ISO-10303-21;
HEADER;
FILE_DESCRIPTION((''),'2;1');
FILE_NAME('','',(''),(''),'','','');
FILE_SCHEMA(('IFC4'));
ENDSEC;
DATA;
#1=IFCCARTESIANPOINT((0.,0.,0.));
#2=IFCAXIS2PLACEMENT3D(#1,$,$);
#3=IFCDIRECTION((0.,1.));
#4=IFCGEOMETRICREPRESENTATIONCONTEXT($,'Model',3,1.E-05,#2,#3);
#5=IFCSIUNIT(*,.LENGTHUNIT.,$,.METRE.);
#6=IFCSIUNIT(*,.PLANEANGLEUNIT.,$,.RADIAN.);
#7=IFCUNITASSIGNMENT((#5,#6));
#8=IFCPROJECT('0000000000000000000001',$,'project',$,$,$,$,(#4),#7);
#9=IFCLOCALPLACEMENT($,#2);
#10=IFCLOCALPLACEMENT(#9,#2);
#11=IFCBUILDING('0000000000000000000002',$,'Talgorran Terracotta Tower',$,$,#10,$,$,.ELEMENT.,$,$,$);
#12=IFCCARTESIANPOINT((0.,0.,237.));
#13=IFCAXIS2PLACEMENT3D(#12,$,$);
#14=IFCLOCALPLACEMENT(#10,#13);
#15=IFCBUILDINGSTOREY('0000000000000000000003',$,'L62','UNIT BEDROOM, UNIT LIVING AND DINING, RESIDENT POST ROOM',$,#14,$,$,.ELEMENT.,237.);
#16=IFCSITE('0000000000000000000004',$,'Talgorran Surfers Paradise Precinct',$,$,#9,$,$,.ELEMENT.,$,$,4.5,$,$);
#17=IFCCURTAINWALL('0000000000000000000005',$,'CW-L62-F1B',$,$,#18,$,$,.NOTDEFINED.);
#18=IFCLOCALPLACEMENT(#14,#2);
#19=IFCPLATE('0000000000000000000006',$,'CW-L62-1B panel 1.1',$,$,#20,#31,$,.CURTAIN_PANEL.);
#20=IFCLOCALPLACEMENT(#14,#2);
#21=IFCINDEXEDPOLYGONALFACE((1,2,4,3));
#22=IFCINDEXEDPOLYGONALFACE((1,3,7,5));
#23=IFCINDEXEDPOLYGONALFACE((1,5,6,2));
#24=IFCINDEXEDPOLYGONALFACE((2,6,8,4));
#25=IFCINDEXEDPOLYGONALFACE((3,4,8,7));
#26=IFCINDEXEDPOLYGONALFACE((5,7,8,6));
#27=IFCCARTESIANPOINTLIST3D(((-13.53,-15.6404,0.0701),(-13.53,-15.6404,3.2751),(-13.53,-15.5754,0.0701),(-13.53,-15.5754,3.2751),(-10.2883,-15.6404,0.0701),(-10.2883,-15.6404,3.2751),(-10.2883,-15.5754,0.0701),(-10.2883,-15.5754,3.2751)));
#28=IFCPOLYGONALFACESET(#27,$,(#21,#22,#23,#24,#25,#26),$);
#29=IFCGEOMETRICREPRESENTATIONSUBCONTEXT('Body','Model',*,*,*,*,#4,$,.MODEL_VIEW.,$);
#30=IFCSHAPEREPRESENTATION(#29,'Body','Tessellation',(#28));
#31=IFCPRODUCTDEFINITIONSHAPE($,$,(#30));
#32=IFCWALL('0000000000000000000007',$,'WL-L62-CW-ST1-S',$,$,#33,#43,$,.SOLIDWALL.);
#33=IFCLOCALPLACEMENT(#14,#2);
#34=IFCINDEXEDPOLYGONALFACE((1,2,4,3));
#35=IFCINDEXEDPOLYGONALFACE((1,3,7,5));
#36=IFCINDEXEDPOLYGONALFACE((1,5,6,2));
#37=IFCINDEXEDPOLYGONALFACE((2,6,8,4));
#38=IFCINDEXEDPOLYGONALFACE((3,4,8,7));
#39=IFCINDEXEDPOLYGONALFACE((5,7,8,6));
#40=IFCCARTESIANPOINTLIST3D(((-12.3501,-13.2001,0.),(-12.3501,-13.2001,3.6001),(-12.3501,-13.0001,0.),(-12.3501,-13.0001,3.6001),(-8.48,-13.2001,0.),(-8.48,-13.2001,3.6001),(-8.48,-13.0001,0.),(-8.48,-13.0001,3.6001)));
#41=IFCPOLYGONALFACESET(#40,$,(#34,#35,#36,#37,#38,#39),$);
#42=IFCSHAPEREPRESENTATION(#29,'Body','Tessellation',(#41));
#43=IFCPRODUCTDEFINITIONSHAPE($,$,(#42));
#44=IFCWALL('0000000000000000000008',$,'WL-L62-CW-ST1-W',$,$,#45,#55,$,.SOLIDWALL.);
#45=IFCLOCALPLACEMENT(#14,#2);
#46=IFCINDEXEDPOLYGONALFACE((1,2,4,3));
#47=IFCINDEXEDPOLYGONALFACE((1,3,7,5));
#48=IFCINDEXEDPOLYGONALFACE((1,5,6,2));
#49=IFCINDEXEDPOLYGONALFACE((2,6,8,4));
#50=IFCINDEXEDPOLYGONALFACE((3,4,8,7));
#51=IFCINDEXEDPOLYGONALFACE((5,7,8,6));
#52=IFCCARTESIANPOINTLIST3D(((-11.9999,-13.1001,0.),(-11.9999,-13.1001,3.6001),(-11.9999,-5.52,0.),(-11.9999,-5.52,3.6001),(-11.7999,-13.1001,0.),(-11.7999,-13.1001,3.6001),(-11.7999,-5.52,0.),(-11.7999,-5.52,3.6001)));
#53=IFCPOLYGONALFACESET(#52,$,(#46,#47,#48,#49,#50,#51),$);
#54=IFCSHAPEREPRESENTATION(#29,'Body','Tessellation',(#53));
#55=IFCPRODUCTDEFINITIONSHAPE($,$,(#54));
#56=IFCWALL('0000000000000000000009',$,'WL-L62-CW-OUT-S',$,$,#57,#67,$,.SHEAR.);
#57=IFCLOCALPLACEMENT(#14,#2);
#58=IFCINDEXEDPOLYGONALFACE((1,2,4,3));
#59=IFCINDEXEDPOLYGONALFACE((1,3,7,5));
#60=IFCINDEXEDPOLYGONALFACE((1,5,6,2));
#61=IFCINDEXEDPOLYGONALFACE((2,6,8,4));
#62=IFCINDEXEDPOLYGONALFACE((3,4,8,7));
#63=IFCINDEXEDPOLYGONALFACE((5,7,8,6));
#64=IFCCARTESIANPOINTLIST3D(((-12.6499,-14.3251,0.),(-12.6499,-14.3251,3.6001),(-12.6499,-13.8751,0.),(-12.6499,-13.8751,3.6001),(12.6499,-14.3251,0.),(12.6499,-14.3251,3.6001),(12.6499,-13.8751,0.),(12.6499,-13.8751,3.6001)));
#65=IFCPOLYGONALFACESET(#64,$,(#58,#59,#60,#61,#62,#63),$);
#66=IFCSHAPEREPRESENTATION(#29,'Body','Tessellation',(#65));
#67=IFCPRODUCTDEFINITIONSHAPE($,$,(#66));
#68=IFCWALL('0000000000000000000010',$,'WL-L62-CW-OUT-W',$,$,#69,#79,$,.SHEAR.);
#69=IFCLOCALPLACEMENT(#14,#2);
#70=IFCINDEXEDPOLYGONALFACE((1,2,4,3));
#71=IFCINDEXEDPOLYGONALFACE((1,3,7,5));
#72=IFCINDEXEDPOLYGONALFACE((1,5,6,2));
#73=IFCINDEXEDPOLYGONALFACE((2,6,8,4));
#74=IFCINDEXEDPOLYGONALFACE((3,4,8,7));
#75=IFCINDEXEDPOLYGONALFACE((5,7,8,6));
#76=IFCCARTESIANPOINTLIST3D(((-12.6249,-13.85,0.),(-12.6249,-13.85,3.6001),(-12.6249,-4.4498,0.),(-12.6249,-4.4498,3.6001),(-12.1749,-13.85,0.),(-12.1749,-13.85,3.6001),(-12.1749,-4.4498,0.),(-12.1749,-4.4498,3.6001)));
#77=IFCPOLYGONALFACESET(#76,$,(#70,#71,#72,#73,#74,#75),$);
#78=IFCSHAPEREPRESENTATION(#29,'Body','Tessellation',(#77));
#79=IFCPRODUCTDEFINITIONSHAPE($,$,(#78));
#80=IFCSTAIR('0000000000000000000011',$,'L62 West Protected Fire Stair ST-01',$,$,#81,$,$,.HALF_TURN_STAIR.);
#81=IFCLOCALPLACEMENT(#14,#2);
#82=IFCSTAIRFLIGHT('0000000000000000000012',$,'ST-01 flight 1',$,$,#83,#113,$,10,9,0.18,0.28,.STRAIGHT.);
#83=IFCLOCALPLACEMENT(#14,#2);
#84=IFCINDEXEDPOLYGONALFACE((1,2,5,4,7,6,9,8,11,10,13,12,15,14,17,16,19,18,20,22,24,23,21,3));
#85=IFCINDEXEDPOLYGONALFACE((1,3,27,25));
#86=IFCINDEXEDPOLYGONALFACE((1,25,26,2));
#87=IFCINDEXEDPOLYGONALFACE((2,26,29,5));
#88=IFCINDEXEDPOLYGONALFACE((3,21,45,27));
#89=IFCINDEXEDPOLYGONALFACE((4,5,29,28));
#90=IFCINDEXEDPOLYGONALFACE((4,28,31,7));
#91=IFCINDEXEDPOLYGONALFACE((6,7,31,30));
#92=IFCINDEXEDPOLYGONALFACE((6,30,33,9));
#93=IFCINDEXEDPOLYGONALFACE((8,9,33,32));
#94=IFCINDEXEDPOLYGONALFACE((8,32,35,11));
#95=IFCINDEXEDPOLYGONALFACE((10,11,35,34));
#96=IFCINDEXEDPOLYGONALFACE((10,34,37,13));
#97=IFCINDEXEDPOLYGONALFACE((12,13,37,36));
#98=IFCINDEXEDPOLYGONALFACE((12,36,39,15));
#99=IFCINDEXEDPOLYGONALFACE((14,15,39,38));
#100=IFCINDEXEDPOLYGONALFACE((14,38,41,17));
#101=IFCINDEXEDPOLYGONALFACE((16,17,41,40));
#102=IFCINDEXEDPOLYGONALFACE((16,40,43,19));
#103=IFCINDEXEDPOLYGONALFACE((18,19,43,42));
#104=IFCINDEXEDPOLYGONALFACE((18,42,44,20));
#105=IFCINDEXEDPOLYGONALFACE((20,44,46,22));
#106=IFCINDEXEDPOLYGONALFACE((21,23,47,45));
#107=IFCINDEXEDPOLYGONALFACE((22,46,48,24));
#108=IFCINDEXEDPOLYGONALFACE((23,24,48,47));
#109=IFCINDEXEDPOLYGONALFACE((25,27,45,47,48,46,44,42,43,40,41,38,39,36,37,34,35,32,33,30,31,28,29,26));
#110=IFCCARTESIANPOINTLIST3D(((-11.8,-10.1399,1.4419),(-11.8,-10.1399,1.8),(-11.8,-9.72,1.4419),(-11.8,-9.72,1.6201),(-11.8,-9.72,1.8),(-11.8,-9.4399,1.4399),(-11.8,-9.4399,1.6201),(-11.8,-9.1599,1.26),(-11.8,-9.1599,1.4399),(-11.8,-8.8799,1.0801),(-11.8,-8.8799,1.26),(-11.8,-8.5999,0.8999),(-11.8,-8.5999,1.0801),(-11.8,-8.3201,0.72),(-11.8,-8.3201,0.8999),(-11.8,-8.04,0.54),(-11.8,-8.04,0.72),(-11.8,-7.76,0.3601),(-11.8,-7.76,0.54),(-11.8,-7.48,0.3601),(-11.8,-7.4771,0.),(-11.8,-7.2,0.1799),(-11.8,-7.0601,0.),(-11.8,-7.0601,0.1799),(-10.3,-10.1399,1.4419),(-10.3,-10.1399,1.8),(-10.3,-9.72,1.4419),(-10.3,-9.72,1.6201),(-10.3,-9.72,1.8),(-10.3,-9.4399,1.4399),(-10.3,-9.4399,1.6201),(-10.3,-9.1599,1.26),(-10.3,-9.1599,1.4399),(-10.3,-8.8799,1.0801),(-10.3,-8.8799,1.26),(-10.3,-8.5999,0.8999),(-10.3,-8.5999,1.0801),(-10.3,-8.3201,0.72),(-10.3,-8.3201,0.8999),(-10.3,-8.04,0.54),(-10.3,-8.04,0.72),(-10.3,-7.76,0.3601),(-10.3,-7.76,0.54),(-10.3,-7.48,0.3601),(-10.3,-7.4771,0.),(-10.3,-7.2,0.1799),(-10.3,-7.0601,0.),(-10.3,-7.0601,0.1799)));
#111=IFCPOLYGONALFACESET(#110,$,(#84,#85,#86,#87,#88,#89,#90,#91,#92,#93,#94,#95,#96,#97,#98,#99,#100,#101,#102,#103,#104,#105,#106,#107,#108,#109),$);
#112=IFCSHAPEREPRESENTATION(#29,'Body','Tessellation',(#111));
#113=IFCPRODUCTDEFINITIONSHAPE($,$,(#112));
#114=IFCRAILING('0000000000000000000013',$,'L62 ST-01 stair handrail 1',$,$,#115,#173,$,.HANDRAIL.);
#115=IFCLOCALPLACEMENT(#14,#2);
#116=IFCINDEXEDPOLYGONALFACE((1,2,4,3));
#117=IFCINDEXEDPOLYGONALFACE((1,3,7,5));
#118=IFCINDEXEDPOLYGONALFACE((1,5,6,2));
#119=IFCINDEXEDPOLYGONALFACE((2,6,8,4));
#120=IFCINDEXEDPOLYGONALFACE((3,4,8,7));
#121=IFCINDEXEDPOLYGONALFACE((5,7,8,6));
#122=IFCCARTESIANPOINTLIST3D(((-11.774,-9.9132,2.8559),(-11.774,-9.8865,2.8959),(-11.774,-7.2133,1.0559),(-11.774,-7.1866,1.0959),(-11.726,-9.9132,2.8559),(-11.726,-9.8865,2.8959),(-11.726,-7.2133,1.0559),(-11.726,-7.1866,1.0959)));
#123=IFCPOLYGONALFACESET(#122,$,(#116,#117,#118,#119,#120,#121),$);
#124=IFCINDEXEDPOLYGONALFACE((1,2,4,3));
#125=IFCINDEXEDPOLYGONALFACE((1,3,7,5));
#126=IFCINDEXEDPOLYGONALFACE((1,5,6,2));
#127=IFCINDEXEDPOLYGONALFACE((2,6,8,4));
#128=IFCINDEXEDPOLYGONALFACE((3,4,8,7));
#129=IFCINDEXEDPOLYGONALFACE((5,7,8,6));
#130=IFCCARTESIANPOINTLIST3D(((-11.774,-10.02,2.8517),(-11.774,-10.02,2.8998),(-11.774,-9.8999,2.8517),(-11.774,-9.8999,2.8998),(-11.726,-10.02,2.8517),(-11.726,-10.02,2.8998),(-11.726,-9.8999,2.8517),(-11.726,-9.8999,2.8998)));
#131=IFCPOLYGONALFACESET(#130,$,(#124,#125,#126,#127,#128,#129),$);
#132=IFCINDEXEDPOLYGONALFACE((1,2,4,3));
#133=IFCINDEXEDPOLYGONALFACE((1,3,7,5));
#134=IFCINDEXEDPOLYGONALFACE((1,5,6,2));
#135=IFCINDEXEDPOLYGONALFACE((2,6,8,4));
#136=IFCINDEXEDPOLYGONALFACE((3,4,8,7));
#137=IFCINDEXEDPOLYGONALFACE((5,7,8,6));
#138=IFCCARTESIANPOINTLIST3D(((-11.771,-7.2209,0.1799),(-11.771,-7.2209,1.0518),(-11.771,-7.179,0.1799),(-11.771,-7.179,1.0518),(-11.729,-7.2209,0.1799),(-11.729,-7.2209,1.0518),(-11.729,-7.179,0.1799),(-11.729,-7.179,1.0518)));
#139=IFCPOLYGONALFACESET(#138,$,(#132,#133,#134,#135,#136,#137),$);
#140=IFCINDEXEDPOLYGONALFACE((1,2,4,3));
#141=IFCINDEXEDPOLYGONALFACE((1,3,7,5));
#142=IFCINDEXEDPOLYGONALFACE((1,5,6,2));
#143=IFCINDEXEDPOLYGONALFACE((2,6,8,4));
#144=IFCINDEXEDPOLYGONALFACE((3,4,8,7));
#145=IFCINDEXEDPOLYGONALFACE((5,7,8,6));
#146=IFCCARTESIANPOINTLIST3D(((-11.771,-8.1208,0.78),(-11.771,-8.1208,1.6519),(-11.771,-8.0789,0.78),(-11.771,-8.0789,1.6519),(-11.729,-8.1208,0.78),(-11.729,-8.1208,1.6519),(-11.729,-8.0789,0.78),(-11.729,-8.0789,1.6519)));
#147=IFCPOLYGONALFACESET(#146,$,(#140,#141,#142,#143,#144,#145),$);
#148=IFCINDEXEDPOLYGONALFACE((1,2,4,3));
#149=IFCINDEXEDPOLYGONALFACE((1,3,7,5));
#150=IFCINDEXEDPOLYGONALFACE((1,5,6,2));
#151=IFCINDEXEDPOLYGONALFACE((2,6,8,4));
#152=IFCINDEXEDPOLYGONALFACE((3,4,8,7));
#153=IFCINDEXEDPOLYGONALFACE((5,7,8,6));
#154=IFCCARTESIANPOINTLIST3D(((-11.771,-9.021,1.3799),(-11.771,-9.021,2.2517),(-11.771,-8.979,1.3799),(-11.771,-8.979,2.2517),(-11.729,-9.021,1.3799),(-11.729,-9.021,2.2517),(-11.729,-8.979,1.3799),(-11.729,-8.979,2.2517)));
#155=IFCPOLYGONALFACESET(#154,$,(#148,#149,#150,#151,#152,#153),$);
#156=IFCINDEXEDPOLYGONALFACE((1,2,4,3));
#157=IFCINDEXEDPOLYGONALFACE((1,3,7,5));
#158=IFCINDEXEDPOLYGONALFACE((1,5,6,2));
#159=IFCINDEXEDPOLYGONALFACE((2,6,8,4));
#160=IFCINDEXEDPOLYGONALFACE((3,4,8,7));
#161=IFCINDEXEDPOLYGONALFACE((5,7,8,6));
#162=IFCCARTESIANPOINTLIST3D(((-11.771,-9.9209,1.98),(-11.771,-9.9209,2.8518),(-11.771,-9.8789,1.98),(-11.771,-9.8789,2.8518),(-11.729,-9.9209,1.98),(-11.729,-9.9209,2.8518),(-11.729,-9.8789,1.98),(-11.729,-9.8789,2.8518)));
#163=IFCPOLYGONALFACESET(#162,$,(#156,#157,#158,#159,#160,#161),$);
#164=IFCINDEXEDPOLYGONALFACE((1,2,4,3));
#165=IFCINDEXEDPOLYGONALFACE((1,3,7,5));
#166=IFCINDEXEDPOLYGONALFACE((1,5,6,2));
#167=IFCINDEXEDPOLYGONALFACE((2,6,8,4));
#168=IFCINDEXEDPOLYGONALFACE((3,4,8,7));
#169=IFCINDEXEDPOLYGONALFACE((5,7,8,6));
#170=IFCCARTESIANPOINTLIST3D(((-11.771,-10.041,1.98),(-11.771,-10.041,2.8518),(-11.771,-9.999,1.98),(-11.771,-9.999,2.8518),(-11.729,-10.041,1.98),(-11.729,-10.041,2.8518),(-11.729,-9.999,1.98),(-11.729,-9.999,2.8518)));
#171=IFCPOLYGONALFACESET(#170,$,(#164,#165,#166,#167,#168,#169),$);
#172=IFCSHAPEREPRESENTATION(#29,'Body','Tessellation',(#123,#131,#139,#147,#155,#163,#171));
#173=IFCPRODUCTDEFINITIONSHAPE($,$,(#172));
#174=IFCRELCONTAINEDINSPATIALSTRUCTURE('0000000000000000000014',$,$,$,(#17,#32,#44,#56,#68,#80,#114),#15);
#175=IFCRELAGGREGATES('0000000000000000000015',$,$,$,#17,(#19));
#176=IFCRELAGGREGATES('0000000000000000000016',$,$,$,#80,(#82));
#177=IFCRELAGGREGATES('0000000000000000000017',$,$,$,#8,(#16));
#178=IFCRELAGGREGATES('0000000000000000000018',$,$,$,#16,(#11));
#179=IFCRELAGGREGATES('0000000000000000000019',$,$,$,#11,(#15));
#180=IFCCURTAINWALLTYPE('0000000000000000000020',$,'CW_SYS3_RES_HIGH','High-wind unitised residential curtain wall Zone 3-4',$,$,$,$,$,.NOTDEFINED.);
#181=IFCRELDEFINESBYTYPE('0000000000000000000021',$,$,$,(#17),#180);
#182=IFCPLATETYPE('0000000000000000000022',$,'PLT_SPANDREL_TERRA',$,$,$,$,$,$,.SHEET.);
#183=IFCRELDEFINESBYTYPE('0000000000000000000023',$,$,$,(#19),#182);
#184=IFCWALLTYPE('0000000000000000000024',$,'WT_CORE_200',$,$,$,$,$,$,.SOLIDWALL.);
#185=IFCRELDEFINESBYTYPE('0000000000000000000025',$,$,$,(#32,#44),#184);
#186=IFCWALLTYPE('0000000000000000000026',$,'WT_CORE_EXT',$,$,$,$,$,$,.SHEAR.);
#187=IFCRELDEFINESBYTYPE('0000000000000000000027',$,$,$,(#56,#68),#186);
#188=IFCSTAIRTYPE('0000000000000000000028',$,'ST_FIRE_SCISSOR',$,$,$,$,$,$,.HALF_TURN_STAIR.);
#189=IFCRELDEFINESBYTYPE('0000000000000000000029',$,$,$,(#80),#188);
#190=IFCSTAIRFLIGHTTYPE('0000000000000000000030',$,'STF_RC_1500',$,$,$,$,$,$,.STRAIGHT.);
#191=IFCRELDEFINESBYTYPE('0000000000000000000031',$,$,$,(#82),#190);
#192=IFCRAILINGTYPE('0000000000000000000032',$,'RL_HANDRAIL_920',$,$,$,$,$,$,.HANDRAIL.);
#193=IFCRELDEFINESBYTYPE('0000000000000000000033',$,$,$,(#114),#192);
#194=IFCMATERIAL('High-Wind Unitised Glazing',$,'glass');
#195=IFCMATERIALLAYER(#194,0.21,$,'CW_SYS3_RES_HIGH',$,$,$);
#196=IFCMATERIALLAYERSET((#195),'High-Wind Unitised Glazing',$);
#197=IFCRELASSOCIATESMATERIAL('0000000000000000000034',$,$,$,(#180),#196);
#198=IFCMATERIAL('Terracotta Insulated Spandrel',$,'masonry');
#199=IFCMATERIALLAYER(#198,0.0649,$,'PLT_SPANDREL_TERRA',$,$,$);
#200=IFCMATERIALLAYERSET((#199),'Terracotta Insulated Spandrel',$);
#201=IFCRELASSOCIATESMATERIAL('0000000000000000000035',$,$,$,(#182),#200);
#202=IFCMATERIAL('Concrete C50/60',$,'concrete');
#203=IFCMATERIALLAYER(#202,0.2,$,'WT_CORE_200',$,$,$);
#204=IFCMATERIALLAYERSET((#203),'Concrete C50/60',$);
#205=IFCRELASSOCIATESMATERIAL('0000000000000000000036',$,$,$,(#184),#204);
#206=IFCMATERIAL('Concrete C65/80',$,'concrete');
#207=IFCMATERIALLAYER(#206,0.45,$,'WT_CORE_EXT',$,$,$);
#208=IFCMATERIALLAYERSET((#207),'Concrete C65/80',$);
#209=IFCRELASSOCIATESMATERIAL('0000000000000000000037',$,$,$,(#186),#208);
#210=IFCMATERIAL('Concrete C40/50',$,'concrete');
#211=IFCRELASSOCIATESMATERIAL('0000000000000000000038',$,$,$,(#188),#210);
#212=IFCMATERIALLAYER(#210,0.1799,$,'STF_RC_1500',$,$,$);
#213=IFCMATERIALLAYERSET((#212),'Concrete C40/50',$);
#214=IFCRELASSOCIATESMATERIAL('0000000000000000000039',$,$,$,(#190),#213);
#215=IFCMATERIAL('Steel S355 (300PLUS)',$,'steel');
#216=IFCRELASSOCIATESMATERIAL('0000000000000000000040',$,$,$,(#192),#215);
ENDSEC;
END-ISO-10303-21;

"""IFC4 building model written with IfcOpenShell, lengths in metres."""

from ifc_helpers import new_model, si_unit, direction, frame, frame_2d, origin, origin_2d, place, context, subcontext, project, spatial, polyline, rectangle, outline, extrude, source, transform, mapped, material, layer, layer_set, type_object, type_shapes, element, aggregate, save


model = new_model("IFC4")

# Units and contexts
model_context = context("Model", 3, precision=1e-05, world=origin(), true_north=direction((0.0, 1.0)))
body_context = subcontext(model_context, "Body", "Model", "MODEL_VIEW")
ifc_project = project(units=[si_unit("LENGTHUNIT", "METRE"), si_unit("PLANEANGLEUNIT", "RADIAN")], contexts=[model_context])

# Site, building, storey
site_placement = place(None, origin())
site = spatial("IfcSite", under=ifc_project, at=site_placement, Name="Talgorran Surfers Paradise Precinct", CompositionType="ELEMENT", RefElevation=4.5)
building_placement = place(site_placement, origin())
building = spatial("IfcBuilding", under=site, at=building_placement, Name="Talgorran Terracotta Tower", CompositionType="ELEMENT")
storey_placement = place(building_placement, frame((0.0, 0.0, 237.0)))
storey = spatial("IfcBuildingStorey", under=building, at=storey_placement, Name="L62", Description="UNIT BEDROOM, UNIT LIVING AND DINING, RESIDENT POST ROOM", CompositionType="ELEMENT", Elevation=237.0)

# Shared definitions
ifc_material_1 = material(Name="Steel S355 (300PLUS)", Category="steel")

# Curtain wall
ifc_material_2 = material(Name="High-Wind Unitised Glazing", Category="glass")
ifc_layer_1 = layer(ifc_material_2, 0.21, Name="CW_SYS3_RES_HIGH")
ifc_layer_set_1 = layer_set([ifc_layer_1], Name="High-Wind Unitised Glazing")
curtain_wall_type = type_object("IfcCurtainWallType", Name="CW_SYS3_RES_HIGH", Description="High-wind unitised residential curtain wall Zone 3-4", PredefinedType="NOTDEFINED", material=ifc_layer_set_1)
curtain_wall_1_placement = place(storey_placement, origin())
curtain_wall_1 = element("IfcCurtainWall", 1, at=curtain_wall_1_placement, inside=storey, type_object=curtain_wall_type, Name="CW-L62-F1B", PredefinedType="NOTDEFINED")

# Plate
ifc_material_3 = material(Name="Terracotta Insulated Spandrel", Category="masonry")
ifc_layer_2 = layer(ifc_material_3, 0.0649, Name="PLT_SPANDREL_TERRA")
ifc_layer_set_2 = layer_set([ifc_layer_2], Name="Terracotta Insulated Spandrel")
plate_type_1 = type_object("IfcPlateType", Name="PLT_SPANDREL_TERRA", PredefinedType="SHEET", material=ifc_layer_set_2)
shared_shape = source(origin(), body_context, "Body", "SweptSolid", [
    extrude(rectangle(XDim=3.2417, YDim=0.0649, at=origin_2d()), origin(), (0.0, 0.0, 1.0), 3.2051),
])
type_shapes(plate_type_1, [shared_shape])
plate_placement = place(storey_placement, frame((-11.9092, -15.6079, 0.0701), z_axis=(0.0, 0.0, 1.0), x_axis=(1.0, 0.0, 0.0)))
plate = element("IfcPlate", 2, at=plate_placement, type_object=plate_type_1, Name="CW-L62-1B panel 1.1", PredefinedType="CURTAIN_PANEL", context=body_context, shape_type="MappedRepresentation", body=[
    mapped(shared_shape, transform((0.0, 0.0, 0.0), scale=1.0)),
])
aggregate(curtain_wall_1, [plate])

# Walls
ifc_material_4 = material(Name="Concrete C50/60", Category="concrete")
ifc_layer_3 = layer(ifc_material_4, 0.2, Name="WT_CORE_200")
ifc_layer_set_3 = layer_set([ifc_layer_3], Name="Concrete C50/60")
wall_type_1 = type_object("IfcWallType", Name="WT_CORE_200", PredefinedType="SOLIDWALL", material=ifc_layer_set_3)
wall_1_placement = place(storey_placement, frame((-12.3501, -13.1001, 0.0), z_axis=(0.0, 0.0, 1.0), x_axis=(1.0, 0.0, 0.0)))
element("IfcWall", 3, at=wall_1_placement, inside=storey, type_object=wall_type_1, Name="WL-L62-CW-ST1-S", PredefinedType="SOLIDWALL", context=body_context, shape_type="SweptSolid", body=[
    extrude(rectangle(XDim=3.8701, YDim=0.2, at=frame_2d((1.9351, 0.0))), origin(), (0.0, 0.0, 1.0), 3.6001),
])
wall_2_placement = place(storey_placement, frame((-11.8999, -13.1001, 0.0), z_axis=(0.0, 0.0, 1.0), x_axis=(0.0, 1.0, 0.0)))
element("IfcWall", 4, at=wall_2_placement, inside=storey, type_object=wall_type_1, Name="WL-L62-CW-ST1-W", PredefinedType="SOLIDWALL", context=body_context, shape_type="SweptSolid", body=[
    extrude(rectangle(XDim=7.5801, YDim=0.2, at=frame_2d((3.79, 0.0))), origin(), (0.0, 0.0, 1.0), 3.6001),
])
ifc_material_5 = material(Name="Concrete C65/80", Category="concrete")
ifc_layer_4 = layer(ifc_material_5, 0.45, Name="WT_CORE_EXT")
ifc_layer_set_4 = layer_set([ifc_layer_4], Name="Concrete C65/80")
wall_type_2 = type_object("IfcWallType", Name="WT_CORE_EXT", PredefinedType="SHEAR", material=ifc_layer_set_4)
wall_3_placement = place(storey_placement, frame((-12.6499, -14.1001, 0.0), z_axis=(0.0, 0.0, 1.0), x_axis=(1.0, 0.0, 0.0)))
element("IfcWall", 5, at=wall_3_placement, inside=storey, type_object=wall_type_2, Name="WL-L62-CW-OUT-S", PredefinedType="SHEAR", context=body_context, shape_type="SweptSolid", body=[
    extrude(rectangle(XDim=25.2998, YDim=0.45, at=frame_2d((12.6499, 0.0))), origin(), (0.0, 0.0, 1.0), 3.6001),
])
wall_4_placement = place(storey_placement, frame((-12.3999, -13.8501, 0.0), z_axis=(0.0, 0.0, 1.0), x_axis=(0.0, 1.0, 0.0)))
element("IfcWall", 6, at=wall_4_placement, inside=storey, type_object=wall_type_2, Name="WL-L62-CW-OUT-W", PredefinedType="SHEAR", context=body_context, shape_type="SweptSolid", body=[
    extrude(rectangle(XDim=9.4001, YDim=0.45, at=frame_2d((4.7002, 0.0))), origin(), (0.0, 0.0, 1.0), 3.6001),
])

# Stair, stair flight
ifc_material_6 = material(Name="Concrete C40/50", Category="concrete")
stair_type = type_object("IfcStairType", Name="ST_FIRE_SCISSOR", PredefinedType="HALF_TURN_STAIR", material=ifc_material_6)
stair_placement = place(storey_placement, origin())
stair = element("IfcStair", 7, at=stair_placement, inside=storey, type_object=stair_type, Name="L62 West Protected Fire Stair ST-01", PredefinedType="HALF_TURN_STAIR")
ifc_layer_5 = layer(ifc_material_6, 0.1799, Name="STF_RC_1500")
ifc_layer_set_5 = layer_set([ifc_layer_5], Name="Concrete C40/50")
stair_flight_type = type_object("IfcStairFlightType", Name="STF_RC_1500", PredefinedType="STRAIGHT", material=ifc_layer_set_5)
stair_flight_placement = place(storey_placement, frame((-11.05, -7.2, 0.0), z_axis=(0.0, 0.0, 1.0), x_axis=(0.0, -1.0, 0.0)))
stair_flight = element("IfcStairFlight", 8, at=stair_flight_placement, type_object=stair_flight_type, Name="ST-01 flight 1", NumberOfRisers=10, NumberOfTreads=9, PredefinedType="STRAIGHT", RiserHeight=0.18, TreadLength=0.28, context=body_context, shape_type="SweptSolid", body=[
    extrude(outline(polyline([(-0.1399, 0.0), (-0.1399, 0.1799), (0.0, 0.1799), (0.28, 0.3601), (0.5601, 0.3601), (0.5601, 0.54), (0.8401, 0.54), (0.8401, 0.72), (1.1201, 0.72), (1.1201, 0.8999), (1.3999, 0.8999), (1.3999, 1.0801), (1.6799, 1.0801), (1.6799, 1.26), (1.96, 1.26), (1.96, 1.4399), (2.24, 1.4399), (2.24, 1.6201), (2.52, 1.6201), (2.52, 1.8), (2.9399, 1.8), (2.9399, 1.4419), (2.52, 1.4419), (0.2771, 0.0), (-0.1399, 0.0)])), frame((0.0, 0.75, 0.0), z_axis=(0.0, -1.0, 0.0), x_axis=(1.0, 0.0, 0.0)), (0.0, 0.0, 1.0), 1.5),
])
aggregate(stair, [stair_flight])

# Railing
railing_type_1 = type_object("IfcRailingType", Name="RL_HANDRAIL_920", PredefinedType="HANDRAIL", material=ifc_material_1)
railing_1_placement = place(storey_placement, frame((-11.75, -7.2, 0.1799)))
element("IfcRailing", 9, at=railing_1_placement, inside=storey, type_object=railing_type_1, Name="L62 ST-01 stair handrail 1", PredefinedType="HANDRAIL", context=body_context, shape_type="SweptSolid", body=[
    extrude(rectangle(XDim=0.0481, YDim=0.0481, at=origin_2d()), frame((0.0, 0.0, 0.896), z_axis=(0.0, -0.832039, 0.554718), x_axis=(1.0, 0.0, 0.0)), (0.0, 0.0, 1.0), 3.2449),
    extrude(rectangle(XDim=0.0481, YDim=0.0481, at=origin_2d()), frame((0.0, -2.7, 2.6958), z_axis=(0.0, -1.0, 0.0), x_axis=(1.0, 0.0, 0.0)), (0.0, 0.0, 1.0), 0.1201),
    extrude(rectangle(XDim=0.042, YDim=0.042, at=origin_2d()), origin(), (0.0, 0.0, 1.0), 0.8718),
    extrude(rectangle(XDim=0.042, YDim=0.042, at=origin_2d()), frame((0.0, -0.8999, 0.6001)), (0.0, 0.0, 1.0), 0.8718),
    extrude(rectangle(XDim=0.042, YDim=0.042, at=origin_2d()), frame((0.0, -1.8, 1.2)), (0.0, 0.0, 1.0), 0.8718),
    extrude(rectangle(XDim=0.042, YDim=0.042, at=origin_2d()), frame((0.0, -2.7, 1.8)), (0.0, 0.0, 1.0), 0.8718),
    extrude(rectangle(XDim=0.042, YDim=0.042, at=origin_2d()), frame((0.0, -2.8201, 1.8)), (0.0, 0.0, 1.0), 0.8718),
])

save(model, "model.ifc")
